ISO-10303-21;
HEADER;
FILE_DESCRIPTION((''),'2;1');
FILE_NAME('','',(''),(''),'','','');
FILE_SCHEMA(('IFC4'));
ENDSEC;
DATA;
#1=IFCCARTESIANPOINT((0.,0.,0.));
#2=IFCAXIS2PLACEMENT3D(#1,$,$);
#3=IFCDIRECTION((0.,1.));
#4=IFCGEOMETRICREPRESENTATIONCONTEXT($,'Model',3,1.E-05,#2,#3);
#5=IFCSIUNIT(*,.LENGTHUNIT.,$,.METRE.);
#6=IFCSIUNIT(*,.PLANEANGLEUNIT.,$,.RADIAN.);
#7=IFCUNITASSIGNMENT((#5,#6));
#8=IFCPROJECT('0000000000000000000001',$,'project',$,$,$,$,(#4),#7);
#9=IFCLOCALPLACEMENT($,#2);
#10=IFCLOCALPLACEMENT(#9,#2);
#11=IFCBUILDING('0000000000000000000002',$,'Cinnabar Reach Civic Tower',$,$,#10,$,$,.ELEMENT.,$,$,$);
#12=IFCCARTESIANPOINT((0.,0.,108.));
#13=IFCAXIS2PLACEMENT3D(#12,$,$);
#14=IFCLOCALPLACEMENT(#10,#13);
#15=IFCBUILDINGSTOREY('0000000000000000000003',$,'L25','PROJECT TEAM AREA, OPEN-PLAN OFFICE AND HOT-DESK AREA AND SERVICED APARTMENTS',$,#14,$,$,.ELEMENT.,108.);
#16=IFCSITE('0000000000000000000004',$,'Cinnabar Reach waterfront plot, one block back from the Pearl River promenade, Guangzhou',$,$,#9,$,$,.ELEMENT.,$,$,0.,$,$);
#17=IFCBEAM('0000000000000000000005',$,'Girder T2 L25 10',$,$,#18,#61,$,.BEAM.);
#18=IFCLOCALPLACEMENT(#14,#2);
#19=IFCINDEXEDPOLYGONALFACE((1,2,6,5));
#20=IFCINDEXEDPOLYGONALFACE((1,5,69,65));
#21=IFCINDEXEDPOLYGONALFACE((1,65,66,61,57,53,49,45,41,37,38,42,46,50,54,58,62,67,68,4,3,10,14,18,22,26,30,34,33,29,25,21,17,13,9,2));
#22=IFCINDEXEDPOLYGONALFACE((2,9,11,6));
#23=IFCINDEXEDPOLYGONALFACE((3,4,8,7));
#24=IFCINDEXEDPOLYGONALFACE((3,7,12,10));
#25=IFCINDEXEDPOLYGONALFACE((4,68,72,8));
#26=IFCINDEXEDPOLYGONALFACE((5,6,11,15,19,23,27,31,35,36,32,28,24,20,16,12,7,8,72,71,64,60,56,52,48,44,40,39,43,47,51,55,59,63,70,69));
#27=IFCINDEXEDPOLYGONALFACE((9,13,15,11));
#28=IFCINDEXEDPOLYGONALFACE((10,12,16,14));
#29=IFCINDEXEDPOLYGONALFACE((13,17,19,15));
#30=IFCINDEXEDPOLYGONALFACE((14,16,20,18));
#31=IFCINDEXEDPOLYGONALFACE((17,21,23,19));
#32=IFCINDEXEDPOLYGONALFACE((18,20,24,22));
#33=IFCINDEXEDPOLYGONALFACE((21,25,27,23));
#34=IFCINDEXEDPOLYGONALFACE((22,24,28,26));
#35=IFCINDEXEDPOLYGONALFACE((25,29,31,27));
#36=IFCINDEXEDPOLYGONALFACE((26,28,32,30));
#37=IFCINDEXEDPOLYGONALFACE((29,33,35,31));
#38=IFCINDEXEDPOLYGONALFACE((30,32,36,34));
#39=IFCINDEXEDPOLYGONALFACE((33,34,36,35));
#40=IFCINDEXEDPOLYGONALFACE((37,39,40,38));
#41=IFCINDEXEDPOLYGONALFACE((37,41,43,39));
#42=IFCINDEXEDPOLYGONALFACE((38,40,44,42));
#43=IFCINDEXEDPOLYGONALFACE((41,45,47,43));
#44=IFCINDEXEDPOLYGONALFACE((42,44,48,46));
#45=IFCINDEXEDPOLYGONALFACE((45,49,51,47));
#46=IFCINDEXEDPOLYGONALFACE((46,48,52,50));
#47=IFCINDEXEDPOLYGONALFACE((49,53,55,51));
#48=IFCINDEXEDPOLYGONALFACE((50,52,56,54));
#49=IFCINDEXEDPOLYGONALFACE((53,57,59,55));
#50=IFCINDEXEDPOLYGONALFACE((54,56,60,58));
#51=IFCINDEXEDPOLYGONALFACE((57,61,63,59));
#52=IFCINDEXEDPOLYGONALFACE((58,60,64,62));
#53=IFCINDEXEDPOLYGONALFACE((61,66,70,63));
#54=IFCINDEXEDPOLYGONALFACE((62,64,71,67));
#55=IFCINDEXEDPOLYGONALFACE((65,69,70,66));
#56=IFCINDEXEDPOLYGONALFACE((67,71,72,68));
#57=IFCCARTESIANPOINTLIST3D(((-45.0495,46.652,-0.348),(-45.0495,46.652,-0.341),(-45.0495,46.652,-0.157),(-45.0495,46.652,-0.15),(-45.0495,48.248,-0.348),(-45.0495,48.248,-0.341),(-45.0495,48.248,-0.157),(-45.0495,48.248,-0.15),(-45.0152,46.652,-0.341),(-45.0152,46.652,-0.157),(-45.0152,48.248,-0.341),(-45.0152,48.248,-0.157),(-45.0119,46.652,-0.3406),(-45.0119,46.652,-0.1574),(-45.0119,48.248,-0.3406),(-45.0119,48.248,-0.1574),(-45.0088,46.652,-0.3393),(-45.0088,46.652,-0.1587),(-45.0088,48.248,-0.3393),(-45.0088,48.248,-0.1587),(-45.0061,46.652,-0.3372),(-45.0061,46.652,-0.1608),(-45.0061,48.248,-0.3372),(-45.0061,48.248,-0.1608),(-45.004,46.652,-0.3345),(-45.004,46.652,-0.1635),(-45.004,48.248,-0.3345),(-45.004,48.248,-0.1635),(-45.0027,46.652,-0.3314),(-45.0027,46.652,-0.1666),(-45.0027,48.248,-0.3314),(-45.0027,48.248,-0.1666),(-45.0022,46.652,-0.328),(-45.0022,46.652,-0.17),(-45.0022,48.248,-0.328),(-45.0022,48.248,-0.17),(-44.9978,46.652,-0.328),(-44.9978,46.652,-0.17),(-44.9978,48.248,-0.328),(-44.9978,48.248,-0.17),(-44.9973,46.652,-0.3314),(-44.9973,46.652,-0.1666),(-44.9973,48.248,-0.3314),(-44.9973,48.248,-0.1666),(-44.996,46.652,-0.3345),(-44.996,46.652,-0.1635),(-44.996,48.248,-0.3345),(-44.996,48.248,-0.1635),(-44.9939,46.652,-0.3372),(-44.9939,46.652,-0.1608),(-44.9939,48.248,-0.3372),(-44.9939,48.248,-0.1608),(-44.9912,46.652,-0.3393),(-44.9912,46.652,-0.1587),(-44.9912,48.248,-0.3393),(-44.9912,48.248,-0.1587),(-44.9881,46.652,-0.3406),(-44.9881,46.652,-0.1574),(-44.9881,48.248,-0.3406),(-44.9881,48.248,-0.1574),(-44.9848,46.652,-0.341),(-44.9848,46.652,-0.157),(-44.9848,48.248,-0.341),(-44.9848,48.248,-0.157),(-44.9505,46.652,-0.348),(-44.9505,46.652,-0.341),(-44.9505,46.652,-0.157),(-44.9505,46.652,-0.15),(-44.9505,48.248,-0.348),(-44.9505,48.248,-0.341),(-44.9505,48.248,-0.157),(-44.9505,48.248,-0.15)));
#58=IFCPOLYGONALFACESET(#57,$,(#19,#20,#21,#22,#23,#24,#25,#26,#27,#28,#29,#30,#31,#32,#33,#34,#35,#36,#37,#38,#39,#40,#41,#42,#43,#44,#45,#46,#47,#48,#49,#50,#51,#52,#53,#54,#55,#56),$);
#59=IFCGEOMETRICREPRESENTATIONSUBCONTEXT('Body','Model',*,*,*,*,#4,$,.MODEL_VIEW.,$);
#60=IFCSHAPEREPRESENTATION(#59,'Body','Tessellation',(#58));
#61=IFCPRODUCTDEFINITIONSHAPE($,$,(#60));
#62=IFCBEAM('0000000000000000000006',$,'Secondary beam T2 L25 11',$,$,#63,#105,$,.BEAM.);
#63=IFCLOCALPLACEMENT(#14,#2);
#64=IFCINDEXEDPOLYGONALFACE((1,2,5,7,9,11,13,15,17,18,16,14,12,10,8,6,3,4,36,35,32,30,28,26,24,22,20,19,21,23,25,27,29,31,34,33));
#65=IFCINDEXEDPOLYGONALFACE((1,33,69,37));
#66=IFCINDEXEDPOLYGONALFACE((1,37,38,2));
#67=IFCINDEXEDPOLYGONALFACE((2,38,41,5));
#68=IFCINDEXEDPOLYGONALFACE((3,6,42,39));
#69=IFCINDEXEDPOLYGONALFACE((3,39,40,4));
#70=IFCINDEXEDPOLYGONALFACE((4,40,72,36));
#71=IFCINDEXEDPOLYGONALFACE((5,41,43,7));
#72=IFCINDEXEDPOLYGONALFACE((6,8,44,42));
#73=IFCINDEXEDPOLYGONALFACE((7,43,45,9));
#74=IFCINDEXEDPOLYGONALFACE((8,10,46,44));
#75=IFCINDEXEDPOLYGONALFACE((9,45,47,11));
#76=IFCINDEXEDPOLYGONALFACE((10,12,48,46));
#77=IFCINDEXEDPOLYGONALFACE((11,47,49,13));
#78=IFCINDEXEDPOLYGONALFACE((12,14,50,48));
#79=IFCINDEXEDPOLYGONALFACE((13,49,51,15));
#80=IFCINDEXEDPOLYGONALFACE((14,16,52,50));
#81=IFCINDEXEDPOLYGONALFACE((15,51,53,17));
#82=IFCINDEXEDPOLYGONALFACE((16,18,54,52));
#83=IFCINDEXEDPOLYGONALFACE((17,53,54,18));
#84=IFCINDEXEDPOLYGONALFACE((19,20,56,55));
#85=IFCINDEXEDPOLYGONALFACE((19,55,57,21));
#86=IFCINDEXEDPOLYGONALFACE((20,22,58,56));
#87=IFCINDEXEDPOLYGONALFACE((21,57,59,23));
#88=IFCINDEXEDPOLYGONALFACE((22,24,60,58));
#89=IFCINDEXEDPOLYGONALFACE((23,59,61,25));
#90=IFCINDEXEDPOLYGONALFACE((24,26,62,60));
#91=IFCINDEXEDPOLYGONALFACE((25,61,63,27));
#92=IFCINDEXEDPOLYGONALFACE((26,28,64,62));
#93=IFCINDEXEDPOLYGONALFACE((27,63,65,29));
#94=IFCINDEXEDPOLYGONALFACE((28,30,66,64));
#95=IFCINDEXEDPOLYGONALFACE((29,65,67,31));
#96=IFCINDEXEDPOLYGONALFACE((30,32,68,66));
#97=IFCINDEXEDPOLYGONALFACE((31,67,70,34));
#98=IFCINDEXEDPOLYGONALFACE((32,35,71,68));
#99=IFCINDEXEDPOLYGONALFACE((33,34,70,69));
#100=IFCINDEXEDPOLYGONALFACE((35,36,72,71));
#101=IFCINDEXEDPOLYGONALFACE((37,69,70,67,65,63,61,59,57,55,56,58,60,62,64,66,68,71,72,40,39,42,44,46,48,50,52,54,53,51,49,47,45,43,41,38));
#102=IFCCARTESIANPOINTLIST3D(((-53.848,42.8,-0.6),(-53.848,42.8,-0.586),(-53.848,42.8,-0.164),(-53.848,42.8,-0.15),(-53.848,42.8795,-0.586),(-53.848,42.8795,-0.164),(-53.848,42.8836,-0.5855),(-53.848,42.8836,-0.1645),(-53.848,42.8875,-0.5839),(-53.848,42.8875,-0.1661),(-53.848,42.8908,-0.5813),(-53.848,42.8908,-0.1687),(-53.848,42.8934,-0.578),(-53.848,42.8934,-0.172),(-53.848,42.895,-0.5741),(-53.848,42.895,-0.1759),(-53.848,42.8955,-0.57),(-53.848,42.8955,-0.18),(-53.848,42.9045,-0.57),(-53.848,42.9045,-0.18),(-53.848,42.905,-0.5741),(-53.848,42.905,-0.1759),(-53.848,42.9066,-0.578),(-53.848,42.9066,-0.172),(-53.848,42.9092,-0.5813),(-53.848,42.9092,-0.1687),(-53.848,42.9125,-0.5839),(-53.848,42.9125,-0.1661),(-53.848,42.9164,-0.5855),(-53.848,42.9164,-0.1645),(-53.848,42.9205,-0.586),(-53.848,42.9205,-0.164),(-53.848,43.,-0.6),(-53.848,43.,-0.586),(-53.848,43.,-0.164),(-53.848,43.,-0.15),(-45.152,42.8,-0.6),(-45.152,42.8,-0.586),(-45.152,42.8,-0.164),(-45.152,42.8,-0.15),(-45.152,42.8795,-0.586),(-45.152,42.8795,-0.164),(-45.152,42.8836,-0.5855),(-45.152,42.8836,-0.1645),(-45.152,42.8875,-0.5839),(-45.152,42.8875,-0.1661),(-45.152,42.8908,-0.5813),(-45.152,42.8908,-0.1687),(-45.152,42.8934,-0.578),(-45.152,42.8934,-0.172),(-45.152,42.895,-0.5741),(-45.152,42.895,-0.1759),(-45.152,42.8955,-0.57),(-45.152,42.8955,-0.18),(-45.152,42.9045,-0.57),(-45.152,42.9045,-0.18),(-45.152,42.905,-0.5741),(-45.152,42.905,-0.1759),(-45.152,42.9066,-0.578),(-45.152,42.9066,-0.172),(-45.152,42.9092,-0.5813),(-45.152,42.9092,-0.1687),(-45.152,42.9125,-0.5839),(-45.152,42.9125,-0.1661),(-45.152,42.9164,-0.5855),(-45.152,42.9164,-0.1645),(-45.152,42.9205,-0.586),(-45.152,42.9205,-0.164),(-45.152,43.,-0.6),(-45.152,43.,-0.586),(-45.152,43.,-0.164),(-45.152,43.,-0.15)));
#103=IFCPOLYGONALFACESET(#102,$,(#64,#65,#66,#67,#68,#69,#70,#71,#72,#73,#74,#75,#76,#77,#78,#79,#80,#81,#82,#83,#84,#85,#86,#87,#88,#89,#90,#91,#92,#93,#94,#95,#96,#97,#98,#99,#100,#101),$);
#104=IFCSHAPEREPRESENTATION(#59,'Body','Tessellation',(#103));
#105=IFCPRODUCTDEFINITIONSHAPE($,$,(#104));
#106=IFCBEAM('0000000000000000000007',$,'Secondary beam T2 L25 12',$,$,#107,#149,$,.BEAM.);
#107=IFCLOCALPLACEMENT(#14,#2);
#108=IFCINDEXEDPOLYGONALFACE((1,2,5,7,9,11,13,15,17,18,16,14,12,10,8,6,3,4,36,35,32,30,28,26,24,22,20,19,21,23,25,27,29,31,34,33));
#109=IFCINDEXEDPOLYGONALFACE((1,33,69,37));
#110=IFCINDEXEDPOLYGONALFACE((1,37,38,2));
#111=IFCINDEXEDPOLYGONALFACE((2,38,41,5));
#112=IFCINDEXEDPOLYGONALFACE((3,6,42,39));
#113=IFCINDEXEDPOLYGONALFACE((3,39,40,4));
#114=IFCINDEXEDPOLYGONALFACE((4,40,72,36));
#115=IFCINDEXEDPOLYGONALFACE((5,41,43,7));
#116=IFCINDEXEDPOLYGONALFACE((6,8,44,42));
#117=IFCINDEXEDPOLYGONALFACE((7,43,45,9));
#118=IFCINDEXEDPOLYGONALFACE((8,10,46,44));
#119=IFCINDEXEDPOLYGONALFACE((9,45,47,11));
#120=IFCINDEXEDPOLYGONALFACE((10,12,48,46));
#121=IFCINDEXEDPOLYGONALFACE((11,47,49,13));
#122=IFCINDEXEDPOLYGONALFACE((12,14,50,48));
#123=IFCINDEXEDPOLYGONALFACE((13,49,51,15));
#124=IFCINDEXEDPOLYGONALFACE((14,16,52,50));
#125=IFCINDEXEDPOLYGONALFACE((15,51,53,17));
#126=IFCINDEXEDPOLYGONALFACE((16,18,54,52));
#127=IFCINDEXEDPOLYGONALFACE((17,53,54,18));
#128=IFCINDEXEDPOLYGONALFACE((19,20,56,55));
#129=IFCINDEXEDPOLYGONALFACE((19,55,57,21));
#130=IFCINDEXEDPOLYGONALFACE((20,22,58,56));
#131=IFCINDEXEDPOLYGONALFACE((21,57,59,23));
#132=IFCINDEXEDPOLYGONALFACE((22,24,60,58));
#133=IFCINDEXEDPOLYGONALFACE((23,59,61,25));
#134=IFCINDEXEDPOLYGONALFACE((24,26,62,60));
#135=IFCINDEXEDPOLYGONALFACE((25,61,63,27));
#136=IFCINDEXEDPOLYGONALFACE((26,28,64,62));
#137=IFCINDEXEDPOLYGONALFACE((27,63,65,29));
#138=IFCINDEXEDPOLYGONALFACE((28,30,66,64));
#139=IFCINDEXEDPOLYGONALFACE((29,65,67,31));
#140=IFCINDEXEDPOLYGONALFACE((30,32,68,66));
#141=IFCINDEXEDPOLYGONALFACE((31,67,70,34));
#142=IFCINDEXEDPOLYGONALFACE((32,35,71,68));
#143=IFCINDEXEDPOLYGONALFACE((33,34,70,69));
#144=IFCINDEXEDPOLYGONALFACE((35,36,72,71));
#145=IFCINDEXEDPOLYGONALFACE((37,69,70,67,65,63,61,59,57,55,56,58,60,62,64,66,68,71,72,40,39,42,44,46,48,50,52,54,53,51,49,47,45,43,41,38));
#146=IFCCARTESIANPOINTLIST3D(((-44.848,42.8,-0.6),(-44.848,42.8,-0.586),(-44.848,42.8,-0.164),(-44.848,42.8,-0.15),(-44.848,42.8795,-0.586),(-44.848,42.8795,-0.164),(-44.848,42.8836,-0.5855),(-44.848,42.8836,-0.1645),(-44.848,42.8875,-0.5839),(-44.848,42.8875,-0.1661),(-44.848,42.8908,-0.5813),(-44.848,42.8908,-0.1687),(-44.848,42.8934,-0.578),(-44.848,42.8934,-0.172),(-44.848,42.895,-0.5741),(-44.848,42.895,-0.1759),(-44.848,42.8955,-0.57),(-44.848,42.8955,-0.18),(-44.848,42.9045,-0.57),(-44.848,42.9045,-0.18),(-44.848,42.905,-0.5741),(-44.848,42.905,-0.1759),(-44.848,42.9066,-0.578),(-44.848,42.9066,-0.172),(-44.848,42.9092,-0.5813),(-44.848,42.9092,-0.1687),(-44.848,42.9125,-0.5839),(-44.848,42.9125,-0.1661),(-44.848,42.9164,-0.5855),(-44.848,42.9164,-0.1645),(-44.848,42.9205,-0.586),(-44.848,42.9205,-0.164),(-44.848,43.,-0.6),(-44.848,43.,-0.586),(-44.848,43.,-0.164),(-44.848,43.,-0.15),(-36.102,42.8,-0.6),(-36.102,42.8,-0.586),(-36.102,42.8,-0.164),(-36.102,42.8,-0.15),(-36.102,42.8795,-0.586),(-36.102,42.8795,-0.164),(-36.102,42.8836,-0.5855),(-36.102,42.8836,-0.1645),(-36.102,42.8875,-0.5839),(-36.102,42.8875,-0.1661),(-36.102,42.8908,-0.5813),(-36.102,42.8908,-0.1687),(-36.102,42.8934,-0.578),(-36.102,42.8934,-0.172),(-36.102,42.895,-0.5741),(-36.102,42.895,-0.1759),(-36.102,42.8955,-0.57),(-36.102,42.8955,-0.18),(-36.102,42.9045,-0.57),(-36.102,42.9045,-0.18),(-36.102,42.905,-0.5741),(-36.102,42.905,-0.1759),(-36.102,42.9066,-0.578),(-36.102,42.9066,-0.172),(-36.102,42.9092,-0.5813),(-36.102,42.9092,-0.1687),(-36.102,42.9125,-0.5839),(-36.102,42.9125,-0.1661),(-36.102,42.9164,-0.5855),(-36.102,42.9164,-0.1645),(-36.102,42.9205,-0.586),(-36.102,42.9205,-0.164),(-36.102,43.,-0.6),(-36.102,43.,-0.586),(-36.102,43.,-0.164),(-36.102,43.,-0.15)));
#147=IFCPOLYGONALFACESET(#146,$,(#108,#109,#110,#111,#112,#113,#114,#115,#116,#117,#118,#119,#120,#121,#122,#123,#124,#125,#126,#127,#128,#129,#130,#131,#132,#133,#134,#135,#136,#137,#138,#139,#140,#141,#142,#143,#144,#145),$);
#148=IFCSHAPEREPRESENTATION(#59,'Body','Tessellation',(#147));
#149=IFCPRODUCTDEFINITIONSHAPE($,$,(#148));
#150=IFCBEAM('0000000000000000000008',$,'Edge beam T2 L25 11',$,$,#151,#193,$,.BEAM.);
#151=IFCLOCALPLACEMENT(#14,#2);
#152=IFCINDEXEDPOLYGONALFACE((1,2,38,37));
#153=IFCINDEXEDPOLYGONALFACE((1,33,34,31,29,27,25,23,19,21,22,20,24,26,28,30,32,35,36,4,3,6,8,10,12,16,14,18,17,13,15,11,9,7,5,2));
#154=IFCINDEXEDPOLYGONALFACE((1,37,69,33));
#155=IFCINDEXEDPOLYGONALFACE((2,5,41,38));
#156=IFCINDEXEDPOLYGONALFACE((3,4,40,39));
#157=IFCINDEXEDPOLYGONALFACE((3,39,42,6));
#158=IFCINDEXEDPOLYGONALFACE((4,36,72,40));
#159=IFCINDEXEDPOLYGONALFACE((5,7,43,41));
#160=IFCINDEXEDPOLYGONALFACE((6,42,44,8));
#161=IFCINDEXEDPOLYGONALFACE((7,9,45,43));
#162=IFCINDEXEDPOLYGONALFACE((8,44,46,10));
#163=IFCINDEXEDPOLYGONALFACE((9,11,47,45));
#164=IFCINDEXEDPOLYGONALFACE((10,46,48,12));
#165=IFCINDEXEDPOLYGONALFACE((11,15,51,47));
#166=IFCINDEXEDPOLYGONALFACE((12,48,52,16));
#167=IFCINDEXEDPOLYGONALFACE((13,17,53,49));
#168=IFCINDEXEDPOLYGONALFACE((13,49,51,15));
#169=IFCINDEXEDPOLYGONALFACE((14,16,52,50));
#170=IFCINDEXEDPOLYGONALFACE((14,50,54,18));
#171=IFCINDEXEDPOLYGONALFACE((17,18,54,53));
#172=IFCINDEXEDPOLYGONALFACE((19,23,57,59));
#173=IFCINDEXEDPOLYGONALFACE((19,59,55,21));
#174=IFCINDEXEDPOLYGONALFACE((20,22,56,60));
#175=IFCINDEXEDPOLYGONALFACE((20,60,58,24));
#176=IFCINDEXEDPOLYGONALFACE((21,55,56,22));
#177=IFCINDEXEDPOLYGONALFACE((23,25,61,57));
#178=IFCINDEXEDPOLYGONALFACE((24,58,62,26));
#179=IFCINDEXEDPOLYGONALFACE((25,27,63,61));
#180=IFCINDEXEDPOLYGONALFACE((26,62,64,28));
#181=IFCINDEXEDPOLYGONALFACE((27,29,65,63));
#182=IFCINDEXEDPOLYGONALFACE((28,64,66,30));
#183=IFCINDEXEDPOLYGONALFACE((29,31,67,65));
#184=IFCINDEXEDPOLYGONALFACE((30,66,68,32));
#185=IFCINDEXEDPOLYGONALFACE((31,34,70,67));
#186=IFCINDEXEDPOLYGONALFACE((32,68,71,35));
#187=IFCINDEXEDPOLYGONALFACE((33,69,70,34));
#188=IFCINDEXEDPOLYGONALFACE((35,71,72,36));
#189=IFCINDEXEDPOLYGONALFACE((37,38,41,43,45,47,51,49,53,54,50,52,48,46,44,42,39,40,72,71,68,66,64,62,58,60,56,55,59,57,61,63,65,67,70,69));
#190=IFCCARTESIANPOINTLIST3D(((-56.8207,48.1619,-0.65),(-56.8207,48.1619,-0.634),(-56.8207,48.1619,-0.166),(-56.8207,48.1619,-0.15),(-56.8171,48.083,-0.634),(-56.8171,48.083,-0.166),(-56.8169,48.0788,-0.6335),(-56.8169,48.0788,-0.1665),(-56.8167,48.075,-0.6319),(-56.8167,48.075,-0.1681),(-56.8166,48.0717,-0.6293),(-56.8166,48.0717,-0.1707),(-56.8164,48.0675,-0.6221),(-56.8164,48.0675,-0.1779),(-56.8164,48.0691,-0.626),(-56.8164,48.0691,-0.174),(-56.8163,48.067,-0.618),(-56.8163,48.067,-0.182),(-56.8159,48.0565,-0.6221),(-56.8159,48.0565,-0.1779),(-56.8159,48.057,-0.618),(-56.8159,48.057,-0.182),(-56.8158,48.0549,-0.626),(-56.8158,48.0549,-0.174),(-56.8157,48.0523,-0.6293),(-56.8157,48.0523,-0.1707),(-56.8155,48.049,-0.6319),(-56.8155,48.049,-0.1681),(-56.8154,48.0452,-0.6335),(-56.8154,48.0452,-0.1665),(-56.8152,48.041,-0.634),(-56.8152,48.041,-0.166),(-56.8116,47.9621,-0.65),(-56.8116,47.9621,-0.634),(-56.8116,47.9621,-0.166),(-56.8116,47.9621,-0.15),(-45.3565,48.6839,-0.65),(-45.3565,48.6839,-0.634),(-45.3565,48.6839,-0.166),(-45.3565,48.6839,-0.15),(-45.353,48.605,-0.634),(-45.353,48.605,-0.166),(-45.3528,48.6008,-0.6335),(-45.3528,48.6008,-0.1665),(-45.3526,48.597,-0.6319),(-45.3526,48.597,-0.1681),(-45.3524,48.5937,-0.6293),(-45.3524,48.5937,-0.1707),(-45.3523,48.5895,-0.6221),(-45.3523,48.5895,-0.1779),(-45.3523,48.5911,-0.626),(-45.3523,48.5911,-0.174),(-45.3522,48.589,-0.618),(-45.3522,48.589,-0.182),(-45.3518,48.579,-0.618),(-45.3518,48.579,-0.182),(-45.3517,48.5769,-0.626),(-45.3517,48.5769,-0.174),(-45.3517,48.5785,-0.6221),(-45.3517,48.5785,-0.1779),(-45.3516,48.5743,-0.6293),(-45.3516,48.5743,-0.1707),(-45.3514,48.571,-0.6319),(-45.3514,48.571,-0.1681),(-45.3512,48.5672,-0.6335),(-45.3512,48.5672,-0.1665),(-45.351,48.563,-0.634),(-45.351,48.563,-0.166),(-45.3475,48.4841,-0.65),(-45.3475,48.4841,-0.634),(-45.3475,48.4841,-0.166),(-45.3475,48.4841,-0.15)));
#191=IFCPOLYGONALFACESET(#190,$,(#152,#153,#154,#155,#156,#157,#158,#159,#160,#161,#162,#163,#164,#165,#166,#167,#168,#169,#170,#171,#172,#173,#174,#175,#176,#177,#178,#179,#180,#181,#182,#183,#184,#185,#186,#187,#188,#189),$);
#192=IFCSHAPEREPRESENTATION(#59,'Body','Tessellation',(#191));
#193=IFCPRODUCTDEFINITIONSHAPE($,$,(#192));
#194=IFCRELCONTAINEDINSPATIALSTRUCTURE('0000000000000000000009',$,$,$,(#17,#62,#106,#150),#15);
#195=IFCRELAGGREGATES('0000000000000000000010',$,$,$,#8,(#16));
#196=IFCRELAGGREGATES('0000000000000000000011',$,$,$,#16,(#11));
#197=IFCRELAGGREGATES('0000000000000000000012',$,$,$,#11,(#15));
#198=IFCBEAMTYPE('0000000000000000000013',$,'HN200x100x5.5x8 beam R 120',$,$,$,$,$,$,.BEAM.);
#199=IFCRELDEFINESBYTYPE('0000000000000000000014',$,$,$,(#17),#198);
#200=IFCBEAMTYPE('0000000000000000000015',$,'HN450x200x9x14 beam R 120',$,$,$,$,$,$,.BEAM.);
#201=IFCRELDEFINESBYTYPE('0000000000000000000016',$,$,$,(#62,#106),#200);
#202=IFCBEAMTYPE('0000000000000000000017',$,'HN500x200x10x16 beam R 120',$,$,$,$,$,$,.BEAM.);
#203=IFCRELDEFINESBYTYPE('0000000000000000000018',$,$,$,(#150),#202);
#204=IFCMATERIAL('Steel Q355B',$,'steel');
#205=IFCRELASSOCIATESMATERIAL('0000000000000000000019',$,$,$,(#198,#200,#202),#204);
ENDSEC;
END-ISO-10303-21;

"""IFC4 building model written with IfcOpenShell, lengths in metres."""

from ifc_helpers import new_model, si_unit, direction, frame, origin, origin_2d, place, context, subcontext, project, spatial, i_section, extrude, material, material_profile, profile_set, type_object, element, save


model = new_model("IFC4")

# Units and contexts
model_context = context("Model", 3, precision=1e-05, world=origin(), true_north=direction((0.0, 1.0)))
body_context = subcontext(model_context, "Body", "Model", "MODEL_VIEW")
ifc_project = project(units=[si_unit("LENGTHUNIT", "METRE"), si_unit("PLANEANGLEUNIT", "RADIAN")], contexts=[model_context])

# Site, building, storey
site_placement = place(None, origin())
site = spatial("IfcSite", under=ifc_project, at=site_placement, Name="Cinnabar Reach waterfront plot, one block back from the Pearl River promenade, Guangzhou", CompositionType="ELEMENT", RefElevation=0.0)
building_placement = place(site_placement, origin())
building = spatial("IfcBuilding", under=site, at=building_placement, Name="Cinnabar Reach Civic Tower", CompositionType="ELEMENT")
storey_placement = place(building_placement, frame((0.0, 0.0, 108.0)))
storey = spatial("IfcBuildingStorey", under=building, at=storey_placement, Name="L25", Description="PROJECT TEAM AREA, OPEN-PLAN OFFICE AND HOT-DESK AREA AND SERVICED APARTMENTS", CompositionType="ELEMENT", Elevation=108.0)

# Beams
ifc_material_1 = material(Name="Steel Q355B", Category="steel")
ifc_material_profile_1 = material_profile(ifc_material_1, i_section(OverallWidth=0.099, OverallDepth=0.198, WebThickness=0.0045, FlangeThickness=0.007, FilletRadius=0.013, at=origin_2d()), Name="HN200x100x5.5x8")
ifc_profile_set_1 = profile_set([ifc_material_profile_1], Name="Steel Q355B")
beam_type_1 = type_object("IfcBeamType", Name="HN200x100x5.5x8 beam R 120", PredefinedType="BEAM", material=ifc_profile_set_1)
beam_1_placement = place(storey_placement, frame((-45.0, 46.652, -0.249), z_axis=(0.0, 1.0, 0.0), x_axis=(-1.0, 0.0, 0.0)))
element("IfcBeam", 1, at=beam_1_placement, inside=storey, type_object=beam_type_1, Name="Girder T2 L25 10", PredefinedType="BEAM", context=body_context, shape_type="SweptSolid", body=[
    extrude(i_section(OverallWidth=0.099, OverallDepth=0.198, WebThickness=0.0045, FlangeThickness=0.007, FilletRadius=0.013, at=origin_2d()), origin(), (0.0, 0.0, 1.0), 1.596),
])
ifc_material_profile_2 = material_profile(ifc_material_1, i_section(OverallWidth=0.2, OverallDepth=0.45, WebThickness=0.009, FlangeThickness=0.014, FilletRadius=0.016, at=origin_2d()), Name="HN450x200x9x14")
ifc_profile_set_2 = profile_set([ifc_material_profile_2], Name="Steel Q355B")
beam_type_2 = type_object("IfcBeamType", Name="HN450x200x9x14 beam R 120", PredefinedType="BEAM", material=ifc_profile_set_2)
beam_2_placement = place(storey_placement, frame((-53.848, 42.9, -0.375), z_axis=(1.0, 0.0, 0.0), x_axis=(0.0, 1.0, 0.0)))
element("IfcBeam", 2, at=beam_2_placement, inside=storey, type_object=beam_type_2, Name="Secondary beam T2 L25 11", PredefinedType="BEAM", context=body_context, shape_type="SweptSolid", body=[
    extrude(i_section(OverallWidth=0.2, OverallDepth=0.45, WebThickness=0.009, FlangeThickness=0.014, FilletRadius=0.016, at=origin_2d()), origin(), (0.0, 0.0, 1.0), 8.696),
])
beam_3_placement = place(storey_placement, frame((-44.848, 42.9, -0.375), z_axis=(1.0, 0.0, 0.0), x_axis=(0.0, 1.0, 0.0)))
element("IfcBeam", 3, at=beam_3_placement, inside=storey, type_object=beam_type_2, Name="Secondary beam T2 L25 12", PredefinedType="BEAM", context=body_context, shape_type="SweptSolid", body=[
    extrude(i_section(OverallWidth=0.2, OverallDepth=0.45, WebThickness=0.009, FlangeThickness=0.014, FilletRadius=0.016, at=origin_2d()), origin(), (0.0, 0.0, 1.0), 8.746),
])
ifc_material_profile_3 = material_profile(ifc_material_1, i_section(OverallWidth=0.2, OverallDepth=0.5, WebThickness=0.01, FlangeThickness=0.016, FilletRadius=0.016, at=origin_2d()), Name="HN500x200x10x16")
ifc_profile_set_3 = profile_set([ifc_material_profile_3], Name="Steel Q355B")
beam_type_3 = type_object("IfcBeamType", Name="HN500x200x10x16 beam R 120", PredefinedType="BEAM", material=ifc_profile_set_3)
beam_4_placement = place(storey_placement, frame((-45.352, 48.584, -0.4), z_axis=(-0.998965, -0.045486, 0.0), x_axis=(0.045486, -0.998965, 0.0)))
element("IfcBeam", 4, at=beam_4_placement, inside=storey, type_object=beam_type_3, Name="Edge beam T2 L25 11", PredefinedType="BEAM", context=body_context, shape_type="SweptSolid", body=[
    extrude(i_section(OverallWidth=0.2, OverallDepth=0.5, WebThickness=0.01, FlangeThickness=0.016, FilletRadius=0.016, at=origin_2d()), origin(), (0.0, 0.0, 1.0), 11.476),
])

save(model, "model.ifc")
